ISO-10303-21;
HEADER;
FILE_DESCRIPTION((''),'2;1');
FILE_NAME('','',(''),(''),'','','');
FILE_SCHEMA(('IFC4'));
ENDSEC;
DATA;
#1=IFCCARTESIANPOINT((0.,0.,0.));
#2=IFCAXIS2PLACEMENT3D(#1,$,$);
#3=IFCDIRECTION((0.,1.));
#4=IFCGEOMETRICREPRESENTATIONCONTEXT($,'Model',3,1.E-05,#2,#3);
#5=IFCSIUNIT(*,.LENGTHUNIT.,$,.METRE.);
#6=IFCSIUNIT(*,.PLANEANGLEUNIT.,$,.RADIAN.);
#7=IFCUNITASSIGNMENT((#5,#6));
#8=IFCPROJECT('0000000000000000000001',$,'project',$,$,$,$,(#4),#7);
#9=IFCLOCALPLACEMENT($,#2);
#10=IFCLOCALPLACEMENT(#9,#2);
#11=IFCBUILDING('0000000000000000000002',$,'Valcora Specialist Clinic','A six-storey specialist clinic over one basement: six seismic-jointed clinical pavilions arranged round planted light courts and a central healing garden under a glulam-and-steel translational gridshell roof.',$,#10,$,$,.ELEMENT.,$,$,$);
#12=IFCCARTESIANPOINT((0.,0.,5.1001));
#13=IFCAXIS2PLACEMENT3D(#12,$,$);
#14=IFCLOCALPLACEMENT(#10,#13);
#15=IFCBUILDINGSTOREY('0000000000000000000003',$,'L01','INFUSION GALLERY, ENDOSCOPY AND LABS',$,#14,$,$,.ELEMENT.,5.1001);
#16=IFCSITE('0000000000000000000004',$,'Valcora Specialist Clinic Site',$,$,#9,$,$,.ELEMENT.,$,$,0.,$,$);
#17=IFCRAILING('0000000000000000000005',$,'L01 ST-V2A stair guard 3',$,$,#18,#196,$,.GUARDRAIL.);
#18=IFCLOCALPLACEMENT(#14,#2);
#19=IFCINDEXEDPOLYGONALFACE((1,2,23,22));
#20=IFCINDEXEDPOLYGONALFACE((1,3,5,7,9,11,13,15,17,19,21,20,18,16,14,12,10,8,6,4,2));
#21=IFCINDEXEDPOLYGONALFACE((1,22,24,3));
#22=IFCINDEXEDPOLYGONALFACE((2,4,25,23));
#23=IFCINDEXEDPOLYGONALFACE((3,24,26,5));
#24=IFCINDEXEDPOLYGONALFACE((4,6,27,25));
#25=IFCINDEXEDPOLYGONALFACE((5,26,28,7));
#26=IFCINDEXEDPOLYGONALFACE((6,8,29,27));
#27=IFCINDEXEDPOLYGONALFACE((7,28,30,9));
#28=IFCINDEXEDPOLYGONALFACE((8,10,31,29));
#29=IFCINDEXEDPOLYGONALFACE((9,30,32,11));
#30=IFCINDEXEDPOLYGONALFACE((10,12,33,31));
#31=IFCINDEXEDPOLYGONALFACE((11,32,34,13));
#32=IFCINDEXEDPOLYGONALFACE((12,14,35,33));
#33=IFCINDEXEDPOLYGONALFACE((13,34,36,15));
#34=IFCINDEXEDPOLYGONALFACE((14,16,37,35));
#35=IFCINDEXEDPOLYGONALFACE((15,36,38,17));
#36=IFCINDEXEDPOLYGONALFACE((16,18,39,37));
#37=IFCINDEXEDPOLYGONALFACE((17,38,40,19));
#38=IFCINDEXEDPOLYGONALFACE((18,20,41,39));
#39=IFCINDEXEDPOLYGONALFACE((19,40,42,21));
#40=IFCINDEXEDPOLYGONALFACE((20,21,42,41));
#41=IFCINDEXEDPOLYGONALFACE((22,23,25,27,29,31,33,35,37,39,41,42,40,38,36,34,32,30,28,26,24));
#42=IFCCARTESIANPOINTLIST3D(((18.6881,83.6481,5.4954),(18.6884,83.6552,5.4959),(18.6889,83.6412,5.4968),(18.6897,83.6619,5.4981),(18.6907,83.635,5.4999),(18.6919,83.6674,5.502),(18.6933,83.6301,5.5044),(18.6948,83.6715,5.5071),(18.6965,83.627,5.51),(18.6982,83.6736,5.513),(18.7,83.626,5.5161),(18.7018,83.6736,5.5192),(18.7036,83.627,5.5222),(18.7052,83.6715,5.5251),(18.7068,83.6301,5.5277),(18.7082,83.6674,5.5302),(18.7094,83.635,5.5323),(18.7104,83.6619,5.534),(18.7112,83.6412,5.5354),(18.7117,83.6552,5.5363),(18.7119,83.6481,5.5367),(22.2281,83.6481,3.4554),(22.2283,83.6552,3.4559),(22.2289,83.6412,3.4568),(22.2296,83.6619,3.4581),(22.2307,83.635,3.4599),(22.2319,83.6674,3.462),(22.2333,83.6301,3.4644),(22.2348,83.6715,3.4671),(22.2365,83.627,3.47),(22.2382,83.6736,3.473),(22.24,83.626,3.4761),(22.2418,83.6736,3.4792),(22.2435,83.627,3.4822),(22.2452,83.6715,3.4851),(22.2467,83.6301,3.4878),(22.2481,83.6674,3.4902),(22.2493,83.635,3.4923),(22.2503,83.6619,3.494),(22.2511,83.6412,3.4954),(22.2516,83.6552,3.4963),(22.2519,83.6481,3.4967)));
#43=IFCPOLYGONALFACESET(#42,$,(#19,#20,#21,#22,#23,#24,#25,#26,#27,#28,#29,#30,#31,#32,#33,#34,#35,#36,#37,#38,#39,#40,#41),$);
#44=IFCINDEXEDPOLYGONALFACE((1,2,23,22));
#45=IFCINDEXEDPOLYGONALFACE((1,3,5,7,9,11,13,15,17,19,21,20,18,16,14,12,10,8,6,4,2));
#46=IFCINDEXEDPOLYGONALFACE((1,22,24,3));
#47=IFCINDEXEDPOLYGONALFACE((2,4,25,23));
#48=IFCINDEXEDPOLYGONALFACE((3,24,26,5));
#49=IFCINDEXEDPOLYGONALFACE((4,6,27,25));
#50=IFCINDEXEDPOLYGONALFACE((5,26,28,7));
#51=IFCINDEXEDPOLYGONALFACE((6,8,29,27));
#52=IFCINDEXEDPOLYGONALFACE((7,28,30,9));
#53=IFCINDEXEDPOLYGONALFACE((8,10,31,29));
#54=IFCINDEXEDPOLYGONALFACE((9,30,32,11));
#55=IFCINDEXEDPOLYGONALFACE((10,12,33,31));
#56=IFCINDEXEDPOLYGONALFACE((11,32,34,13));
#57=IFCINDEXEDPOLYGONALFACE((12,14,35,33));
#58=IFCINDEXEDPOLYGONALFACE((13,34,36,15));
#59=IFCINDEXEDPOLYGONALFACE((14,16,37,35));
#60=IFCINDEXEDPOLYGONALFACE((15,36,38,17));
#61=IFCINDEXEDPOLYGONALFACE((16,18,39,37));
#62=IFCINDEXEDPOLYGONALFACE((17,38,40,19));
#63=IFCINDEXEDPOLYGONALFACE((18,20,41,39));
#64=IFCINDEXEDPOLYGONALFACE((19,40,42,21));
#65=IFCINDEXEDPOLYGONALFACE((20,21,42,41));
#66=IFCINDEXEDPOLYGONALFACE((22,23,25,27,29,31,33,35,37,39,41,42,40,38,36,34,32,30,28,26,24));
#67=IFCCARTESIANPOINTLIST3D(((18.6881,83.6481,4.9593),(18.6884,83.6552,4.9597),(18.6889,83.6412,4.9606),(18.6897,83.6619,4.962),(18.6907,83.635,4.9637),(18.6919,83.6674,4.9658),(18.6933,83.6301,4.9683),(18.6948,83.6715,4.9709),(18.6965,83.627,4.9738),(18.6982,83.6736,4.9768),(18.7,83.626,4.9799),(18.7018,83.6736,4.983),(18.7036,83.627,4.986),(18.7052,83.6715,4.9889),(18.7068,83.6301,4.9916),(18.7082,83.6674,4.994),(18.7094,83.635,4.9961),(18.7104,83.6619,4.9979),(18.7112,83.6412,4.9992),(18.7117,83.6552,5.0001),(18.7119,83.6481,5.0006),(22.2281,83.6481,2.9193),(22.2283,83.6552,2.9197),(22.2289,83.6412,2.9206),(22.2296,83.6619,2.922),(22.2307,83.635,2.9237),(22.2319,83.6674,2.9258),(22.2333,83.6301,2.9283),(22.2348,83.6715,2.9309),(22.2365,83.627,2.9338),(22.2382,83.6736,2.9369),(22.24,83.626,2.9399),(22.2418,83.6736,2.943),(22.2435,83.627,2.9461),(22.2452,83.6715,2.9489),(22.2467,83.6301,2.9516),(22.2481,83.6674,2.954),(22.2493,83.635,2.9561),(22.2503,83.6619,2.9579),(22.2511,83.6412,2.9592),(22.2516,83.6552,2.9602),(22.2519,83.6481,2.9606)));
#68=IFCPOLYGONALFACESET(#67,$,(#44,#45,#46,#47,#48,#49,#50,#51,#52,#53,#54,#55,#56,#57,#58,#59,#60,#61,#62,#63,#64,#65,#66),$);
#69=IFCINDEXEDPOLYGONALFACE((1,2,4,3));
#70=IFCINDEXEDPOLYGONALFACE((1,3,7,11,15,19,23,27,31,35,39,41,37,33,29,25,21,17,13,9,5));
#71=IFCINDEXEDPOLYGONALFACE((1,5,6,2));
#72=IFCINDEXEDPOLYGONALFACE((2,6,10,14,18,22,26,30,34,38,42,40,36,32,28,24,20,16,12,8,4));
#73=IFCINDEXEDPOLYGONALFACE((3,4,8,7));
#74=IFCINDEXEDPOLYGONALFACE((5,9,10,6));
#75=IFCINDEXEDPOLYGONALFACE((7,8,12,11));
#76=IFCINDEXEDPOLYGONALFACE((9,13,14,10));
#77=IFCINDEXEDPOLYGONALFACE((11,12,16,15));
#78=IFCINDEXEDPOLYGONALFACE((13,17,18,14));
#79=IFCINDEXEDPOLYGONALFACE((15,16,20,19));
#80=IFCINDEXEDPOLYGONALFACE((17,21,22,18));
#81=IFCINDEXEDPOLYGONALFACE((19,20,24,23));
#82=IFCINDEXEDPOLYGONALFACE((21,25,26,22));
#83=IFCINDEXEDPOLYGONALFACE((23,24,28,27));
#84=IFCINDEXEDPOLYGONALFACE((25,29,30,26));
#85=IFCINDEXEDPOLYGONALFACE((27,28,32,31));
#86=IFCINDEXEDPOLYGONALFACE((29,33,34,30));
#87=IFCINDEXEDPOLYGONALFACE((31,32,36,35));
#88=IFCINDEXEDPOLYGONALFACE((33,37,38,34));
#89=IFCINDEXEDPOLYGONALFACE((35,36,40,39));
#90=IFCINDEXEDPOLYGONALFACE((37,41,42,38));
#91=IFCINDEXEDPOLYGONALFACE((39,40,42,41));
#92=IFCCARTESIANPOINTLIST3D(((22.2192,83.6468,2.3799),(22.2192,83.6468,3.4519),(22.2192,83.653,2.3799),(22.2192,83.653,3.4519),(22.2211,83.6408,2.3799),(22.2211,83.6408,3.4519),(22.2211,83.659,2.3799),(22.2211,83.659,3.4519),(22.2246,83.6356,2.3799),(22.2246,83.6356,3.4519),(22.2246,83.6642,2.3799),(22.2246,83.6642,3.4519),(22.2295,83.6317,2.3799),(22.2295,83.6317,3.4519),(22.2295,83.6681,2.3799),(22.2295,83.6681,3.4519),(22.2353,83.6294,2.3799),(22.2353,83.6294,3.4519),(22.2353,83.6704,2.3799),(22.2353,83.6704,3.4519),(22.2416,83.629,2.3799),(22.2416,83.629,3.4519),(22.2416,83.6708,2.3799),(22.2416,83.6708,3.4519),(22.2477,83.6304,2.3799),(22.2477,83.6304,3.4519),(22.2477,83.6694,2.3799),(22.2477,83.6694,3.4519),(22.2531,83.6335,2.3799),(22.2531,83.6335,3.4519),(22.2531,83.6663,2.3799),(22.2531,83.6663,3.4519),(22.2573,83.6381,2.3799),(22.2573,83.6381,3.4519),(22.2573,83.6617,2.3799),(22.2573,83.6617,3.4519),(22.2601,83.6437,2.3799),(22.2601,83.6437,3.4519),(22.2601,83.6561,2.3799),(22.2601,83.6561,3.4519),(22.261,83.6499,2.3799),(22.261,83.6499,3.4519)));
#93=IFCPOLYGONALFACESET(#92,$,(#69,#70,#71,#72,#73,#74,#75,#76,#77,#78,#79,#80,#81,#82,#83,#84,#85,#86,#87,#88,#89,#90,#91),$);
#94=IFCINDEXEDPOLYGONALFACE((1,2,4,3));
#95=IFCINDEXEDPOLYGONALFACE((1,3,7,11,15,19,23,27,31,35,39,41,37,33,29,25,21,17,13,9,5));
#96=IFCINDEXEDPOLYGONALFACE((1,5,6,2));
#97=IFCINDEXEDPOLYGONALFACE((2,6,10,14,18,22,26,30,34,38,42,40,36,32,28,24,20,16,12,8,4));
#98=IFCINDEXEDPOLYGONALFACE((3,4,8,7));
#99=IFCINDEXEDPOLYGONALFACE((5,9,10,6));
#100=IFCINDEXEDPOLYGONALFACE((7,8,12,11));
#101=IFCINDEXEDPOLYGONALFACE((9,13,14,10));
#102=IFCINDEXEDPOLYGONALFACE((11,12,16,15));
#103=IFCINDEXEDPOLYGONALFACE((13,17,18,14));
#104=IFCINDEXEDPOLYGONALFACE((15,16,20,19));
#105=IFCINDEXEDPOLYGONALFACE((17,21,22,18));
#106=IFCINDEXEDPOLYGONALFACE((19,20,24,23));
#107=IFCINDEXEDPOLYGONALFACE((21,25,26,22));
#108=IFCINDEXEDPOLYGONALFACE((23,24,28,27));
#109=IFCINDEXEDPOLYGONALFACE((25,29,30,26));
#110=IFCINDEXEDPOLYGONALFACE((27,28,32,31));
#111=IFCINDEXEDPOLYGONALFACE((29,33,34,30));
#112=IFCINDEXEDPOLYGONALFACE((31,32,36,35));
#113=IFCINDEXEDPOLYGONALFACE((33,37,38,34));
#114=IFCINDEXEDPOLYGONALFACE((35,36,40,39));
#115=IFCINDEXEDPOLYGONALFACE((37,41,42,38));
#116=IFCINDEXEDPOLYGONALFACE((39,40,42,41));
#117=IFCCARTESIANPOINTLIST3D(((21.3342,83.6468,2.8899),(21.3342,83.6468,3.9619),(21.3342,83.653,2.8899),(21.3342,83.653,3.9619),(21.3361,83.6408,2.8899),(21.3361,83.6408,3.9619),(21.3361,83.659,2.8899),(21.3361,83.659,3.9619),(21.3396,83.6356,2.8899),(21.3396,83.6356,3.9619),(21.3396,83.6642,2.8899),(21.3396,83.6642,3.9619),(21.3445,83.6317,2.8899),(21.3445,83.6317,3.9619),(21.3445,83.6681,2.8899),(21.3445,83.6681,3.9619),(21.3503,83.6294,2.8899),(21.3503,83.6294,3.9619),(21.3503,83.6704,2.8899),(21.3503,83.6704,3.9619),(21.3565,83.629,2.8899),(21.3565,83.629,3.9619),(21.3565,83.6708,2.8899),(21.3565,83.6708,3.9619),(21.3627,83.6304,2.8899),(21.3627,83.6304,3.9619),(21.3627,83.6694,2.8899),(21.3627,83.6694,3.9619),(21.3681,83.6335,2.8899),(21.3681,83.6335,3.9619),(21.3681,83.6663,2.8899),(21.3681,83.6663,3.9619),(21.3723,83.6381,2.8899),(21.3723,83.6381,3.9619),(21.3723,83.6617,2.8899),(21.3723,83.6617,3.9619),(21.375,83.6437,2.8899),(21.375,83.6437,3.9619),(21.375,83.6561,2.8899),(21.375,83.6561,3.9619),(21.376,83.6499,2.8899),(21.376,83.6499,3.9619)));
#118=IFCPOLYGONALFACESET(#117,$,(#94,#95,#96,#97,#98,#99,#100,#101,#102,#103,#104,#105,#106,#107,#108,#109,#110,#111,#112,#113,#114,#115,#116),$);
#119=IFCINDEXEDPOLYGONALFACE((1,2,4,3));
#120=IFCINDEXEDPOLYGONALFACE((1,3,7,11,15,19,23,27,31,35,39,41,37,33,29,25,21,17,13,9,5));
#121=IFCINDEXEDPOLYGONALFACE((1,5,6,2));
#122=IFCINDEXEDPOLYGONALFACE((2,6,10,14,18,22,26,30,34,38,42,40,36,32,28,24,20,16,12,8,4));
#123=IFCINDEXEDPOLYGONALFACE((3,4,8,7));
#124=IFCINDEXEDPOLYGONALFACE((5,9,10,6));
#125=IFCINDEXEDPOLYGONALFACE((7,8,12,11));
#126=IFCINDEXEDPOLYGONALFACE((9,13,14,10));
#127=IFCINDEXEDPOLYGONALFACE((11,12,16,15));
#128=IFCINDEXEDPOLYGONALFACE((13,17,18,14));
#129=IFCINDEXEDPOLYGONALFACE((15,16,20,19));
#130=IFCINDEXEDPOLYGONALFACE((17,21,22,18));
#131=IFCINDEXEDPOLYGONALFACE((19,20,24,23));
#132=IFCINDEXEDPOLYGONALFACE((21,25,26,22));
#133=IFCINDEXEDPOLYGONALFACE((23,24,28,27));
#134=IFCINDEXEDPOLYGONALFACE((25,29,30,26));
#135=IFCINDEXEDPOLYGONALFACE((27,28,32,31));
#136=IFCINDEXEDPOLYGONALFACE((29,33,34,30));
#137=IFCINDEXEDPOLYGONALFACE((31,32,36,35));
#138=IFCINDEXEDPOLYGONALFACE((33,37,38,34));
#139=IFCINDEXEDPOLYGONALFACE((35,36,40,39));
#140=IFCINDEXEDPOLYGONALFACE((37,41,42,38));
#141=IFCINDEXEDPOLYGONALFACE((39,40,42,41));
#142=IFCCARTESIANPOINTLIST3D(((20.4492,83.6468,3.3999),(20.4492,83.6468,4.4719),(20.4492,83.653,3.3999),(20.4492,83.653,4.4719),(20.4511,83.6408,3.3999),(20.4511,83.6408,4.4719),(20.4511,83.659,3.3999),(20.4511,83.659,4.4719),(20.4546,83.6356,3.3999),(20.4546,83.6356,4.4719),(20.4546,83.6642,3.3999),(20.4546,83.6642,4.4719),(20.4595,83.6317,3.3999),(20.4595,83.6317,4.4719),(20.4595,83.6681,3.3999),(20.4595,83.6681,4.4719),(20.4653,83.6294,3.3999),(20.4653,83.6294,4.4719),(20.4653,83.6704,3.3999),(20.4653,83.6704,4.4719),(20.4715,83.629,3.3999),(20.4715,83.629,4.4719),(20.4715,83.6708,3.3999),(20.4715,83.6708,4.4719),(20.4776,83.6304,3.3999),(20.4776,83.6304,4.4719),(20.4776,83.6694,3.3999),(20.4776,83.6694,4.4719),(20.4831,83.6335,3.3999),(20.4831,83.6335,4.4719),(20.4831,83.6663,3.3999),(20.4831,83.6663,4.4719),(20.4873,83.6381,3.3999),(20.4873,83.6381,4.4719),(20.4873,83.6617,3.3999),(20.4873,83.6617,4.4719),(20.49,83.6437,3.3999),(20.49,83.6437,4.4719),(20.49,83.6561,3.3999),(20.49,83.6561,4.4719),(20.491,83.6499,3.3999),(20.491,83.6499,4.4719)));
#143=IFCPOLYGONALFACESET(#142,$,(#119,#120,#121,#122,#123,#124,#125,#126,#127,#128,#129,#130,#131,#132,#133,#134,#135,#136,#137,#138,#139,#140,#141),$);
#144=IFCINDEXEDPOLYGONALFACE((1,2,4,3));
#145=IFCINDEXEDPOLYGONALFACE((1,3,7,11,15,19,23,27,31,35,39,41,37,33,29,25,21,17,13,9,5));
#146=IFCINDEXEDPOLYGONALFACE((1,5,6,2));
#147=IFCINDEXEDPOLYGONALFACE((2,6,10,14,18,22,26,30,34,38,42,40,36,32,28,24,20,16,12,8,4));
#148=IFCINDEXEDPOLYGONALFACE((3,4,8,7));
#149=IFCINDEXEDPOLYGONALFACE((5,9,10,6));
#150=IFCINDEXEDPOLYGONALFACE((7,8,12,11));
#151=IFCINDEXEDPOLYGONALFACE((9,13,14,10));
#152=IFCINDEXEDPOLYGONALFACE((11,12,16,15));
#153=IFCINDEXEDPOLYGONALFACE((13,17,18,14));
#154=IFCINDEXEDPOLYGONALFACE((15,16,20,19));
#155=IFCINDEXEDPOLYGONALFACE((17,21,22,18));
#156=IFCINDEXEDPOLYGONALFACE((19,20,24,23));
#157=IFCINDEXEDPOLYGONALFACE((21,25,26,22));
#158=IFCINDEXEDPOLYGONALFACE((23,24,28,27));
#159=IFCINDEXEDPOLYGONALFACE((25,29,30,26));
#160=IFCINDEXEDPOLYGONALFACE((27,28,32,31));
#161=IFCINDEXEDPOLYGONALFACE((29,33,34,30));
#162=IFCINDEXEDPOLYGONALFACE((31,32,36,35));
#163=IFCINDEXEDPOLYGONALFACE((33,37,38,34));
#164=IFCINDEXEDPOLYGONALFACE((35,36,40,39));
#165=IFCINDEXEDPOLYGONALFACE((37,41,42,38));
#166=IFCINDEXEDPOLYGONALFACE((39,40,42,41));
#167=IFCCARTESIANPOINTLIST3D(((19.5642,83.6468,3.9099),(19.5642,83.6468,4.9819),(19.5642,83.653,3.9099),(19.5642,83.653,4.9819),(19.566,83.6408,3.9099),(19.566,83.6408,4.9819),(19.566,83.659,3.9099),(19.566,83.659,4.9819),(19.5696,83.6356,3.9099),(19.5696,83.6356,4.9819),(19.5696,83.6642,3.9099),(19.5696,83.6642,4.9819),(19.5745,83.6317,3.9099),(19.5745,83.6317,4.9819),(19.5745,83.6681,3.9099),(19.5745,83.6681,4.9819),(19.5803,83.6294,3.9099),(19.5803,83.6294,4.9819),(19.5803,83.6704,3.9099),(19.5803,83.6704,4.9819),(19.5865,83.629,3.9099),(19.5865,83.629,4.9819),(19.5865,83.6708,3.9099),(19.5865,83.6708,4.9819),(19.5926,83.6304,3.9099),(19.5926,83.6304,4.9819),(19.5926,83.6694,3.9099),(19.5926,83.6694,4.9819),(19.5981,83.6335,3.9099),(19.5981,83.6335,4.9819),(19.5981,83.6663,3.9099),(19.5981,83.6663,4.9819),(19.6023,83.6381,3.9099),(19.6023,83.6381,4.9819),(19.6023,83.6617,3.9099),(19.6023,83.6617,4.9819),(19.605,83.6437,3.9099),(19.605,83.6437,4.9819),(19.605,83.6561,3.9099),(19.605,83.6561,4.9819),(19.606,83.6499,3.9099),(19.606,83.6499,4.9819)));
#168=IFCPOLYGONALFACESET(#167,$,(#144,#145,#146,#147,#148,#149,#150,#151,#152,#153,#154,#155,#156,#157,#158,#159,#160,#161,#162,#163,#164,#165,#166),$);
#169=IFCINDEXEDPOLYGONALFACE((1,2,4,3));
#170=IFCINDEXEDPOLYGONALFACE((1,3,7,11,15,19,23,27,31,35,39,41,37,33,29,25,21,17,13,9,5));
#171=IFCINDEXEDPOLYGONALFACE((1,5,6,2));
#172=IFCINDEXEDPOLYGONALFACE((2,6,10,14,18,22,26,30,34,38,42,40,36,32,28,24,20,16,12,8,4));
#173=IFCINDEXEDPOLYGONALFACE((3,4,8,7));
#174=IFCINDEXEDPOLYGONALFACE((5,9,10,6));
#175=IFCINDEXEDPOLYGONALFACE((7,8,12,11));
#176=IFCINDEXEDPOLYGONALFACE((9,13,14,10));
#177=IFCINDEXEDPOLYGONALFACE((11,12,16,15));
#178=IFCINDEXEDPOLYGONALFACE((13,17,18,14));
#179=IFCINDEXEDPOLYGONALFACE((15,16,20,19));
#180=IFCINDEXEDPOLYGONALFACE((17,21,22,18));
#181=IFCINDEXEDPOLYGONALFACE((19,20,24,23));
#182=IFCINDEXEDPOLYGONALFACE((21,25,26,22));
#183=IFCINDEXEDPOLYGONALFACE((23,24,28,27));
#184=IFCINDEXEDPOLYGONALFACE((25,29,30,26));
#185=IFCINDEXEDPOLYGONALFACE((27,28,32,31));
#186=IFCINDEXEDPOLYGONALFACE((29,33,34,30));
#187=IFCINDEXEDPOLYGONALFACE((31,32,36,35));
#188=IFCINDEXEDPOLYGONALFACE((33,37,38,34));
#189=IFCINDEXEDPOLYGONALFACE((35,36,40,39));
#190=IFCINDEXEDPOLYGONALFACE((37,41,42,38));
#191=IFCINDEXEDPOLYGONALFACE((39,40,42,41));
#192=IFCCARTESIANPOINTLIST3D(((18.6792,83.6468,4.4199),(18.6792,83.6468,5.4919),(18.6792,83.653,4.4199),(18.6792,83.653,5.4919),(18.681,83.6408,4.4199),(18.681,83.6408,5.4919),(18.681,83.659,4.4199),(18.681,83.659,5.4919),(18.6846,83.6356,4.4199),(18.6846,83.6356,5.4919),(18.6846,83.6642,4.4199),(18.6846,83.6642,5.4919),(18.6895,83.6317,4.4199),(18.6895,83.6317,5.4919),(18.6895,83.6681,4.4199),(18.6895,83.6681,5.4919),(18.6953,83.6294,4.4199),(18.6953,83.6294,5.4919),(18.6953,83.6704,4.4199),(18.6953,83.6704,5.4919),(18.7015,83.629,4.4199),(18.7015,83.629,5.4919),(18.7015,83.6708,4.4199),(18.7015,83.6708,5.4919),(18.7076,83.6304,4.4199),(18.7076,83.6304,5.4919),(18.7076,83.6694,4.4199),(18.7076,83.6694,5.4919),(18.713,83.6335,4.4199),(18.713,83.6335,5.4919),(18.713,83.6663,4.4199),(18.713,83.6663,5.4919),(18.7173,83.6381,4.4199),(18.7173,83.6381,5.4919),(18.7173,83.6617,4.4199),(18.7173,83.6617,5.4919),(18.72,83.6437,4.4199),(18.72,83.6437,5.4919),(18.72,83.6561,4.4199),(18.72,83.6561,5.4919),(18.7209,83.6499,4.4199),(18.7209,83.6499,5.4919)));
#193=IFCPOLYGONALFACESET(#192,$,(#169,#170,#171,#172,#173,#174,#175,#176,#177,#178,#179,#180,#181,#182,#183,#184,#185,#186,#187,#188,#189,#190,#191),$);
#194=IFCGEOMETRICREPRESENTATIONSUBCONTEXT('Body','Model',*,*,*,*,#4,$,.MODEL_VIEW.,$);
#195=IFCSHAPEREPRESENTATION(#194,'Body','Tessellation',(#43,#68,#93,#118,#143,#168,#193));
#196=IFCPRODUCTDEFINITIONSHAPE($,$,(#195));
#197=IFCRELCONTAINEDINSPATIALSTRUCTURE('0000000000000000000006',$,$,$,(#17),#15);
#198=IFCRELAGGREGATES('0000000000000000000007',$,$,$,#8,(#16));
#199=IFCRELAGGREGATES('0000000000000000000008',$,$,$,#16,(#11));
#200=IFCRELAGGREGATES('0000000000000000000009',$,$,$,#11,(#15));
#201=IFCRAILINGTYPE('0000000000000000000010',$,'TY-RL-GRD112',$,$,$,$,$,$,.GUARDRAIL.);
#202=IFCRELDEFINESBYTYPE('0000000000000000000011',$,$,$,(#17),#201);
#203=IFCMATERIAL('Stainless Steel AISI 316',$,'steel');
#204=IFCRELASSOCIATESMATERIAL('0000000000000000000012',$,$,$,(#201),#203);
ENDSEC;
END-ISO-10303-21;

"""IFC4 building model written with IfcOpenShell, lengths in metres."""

from ifc_helpers import new_model, si_unit, direction, frame, origin, origin_2d, place, context, subcontext, project, spatial, circle, extrude, material, type_object, element, save


model = new_model("IFC4")

# Units and contexts
model_context = context("Model", 3, precision=1e-05, world=origin(), true_north=direction((0.0, 1.0)))
body_context = subcontext(model_context, "Body", "Model", "MODEL_VIEW")
ifc_project = project(units=[si_unit("LENGTHUNIT", "METRE"), si_unit("PLANEANGLEUNIT", "RADIAN")], contexts=[model_context])

# Site, building, storey
site_placement = place(None, origin())
site = spatial("IfcSite", under=ifc_project, at=site_placement, Name="Valcora Specialist Clinic Site", CompositionType="ELEMENT", RefElevation=0.0)
building_placement = place(site_placement, origin())
building = spatial("IfcBuilding", under=site, at=building_placement, Name="Valcora Specialist Clinic", Description="A six-storey specialist clinic over one basement: six seismic-jointed clinical pavilions arranged round planted light courts and a central healing garden under a glulam-and-steel translational gridshell roof.", CompositionType="ELEMENT")
storey_placement = place(building_placement, frame((0.0, 0.0, 5.1001)))
storey = spatial("IfcBuildingStorey", under=building, at=storey_placement, Name="L01", Description="INFUSION GALLERY, ENDOSCOPY AND LABS", CompositionType="ELEMENT", Elevation=5.1001)

# Railing
ifc_material_1 = material(Name="Stainless Steel AISI 316", Category="steel")
railing_type_1 = type_object("IfcRailingType", Name="TY-RL-GRD112", PredefinedType="GUARDRAIL", material=ifc_material_1)
railing_1_placement = place(storey_placement, frame((22.24, 83.6499, 2.3799)))
element("IfcRailing", 1, at=railing_1_placement, inside=storey, type_object=railing_type_1, Name="L01 ST-V2A stair guard 3", PredefinedType="GUARDRAIL", context=body_context, shape_type="SweptSolid", body=[
    extrude(circle(Radius=0.0239, at=origin_2d()), frame((0.0, 0.0, 1.0962), z_axis=(-0.866428, 0.0, 0.499302), x_axis=(0.0, -1.0, 0.0)), (0.0, 0.0, 1.0), 4.0857),
    extrude(circle(Radius=0.0239, at=origin_2d()), frame((0.0, 0.0, 0.5601), z_axis=(-0.866428, 0.0, 0.499302), x_axis=(0.0, -1.0, 0.0)), (0.0, 0.0, 1.0), 4.0857),
    extrude(circle(Radius=0.021, at=origin_2d()), origin(), (0.0, 0.0, 1.0), 1.072),
    extrude(circle(Radius=0.021, at=origin_2d()), frame((-0.885, 0.0, 0.51)), (0.0, 0.0, 1.0), 1.072),
    extrude(circle(Radius=0.021, at=origin_2d()), frame((-1.77, 0.0, 1.02)), (0.0, 0.0, 1.0), 1.072),
    extrude(circle(Radius=0.021, at=origin_2d()), frame((-2.655, 0.0, 1.53)), (0.0, 0.0, 1.0), 1.072),
    extrude(circle(Radius=0.021, at=origin_2d()), frame((-3.54, 0.0, 2.04)), (0.0, 0.0, 1.0), 1.072),
])

save(model, "model.ifc")
